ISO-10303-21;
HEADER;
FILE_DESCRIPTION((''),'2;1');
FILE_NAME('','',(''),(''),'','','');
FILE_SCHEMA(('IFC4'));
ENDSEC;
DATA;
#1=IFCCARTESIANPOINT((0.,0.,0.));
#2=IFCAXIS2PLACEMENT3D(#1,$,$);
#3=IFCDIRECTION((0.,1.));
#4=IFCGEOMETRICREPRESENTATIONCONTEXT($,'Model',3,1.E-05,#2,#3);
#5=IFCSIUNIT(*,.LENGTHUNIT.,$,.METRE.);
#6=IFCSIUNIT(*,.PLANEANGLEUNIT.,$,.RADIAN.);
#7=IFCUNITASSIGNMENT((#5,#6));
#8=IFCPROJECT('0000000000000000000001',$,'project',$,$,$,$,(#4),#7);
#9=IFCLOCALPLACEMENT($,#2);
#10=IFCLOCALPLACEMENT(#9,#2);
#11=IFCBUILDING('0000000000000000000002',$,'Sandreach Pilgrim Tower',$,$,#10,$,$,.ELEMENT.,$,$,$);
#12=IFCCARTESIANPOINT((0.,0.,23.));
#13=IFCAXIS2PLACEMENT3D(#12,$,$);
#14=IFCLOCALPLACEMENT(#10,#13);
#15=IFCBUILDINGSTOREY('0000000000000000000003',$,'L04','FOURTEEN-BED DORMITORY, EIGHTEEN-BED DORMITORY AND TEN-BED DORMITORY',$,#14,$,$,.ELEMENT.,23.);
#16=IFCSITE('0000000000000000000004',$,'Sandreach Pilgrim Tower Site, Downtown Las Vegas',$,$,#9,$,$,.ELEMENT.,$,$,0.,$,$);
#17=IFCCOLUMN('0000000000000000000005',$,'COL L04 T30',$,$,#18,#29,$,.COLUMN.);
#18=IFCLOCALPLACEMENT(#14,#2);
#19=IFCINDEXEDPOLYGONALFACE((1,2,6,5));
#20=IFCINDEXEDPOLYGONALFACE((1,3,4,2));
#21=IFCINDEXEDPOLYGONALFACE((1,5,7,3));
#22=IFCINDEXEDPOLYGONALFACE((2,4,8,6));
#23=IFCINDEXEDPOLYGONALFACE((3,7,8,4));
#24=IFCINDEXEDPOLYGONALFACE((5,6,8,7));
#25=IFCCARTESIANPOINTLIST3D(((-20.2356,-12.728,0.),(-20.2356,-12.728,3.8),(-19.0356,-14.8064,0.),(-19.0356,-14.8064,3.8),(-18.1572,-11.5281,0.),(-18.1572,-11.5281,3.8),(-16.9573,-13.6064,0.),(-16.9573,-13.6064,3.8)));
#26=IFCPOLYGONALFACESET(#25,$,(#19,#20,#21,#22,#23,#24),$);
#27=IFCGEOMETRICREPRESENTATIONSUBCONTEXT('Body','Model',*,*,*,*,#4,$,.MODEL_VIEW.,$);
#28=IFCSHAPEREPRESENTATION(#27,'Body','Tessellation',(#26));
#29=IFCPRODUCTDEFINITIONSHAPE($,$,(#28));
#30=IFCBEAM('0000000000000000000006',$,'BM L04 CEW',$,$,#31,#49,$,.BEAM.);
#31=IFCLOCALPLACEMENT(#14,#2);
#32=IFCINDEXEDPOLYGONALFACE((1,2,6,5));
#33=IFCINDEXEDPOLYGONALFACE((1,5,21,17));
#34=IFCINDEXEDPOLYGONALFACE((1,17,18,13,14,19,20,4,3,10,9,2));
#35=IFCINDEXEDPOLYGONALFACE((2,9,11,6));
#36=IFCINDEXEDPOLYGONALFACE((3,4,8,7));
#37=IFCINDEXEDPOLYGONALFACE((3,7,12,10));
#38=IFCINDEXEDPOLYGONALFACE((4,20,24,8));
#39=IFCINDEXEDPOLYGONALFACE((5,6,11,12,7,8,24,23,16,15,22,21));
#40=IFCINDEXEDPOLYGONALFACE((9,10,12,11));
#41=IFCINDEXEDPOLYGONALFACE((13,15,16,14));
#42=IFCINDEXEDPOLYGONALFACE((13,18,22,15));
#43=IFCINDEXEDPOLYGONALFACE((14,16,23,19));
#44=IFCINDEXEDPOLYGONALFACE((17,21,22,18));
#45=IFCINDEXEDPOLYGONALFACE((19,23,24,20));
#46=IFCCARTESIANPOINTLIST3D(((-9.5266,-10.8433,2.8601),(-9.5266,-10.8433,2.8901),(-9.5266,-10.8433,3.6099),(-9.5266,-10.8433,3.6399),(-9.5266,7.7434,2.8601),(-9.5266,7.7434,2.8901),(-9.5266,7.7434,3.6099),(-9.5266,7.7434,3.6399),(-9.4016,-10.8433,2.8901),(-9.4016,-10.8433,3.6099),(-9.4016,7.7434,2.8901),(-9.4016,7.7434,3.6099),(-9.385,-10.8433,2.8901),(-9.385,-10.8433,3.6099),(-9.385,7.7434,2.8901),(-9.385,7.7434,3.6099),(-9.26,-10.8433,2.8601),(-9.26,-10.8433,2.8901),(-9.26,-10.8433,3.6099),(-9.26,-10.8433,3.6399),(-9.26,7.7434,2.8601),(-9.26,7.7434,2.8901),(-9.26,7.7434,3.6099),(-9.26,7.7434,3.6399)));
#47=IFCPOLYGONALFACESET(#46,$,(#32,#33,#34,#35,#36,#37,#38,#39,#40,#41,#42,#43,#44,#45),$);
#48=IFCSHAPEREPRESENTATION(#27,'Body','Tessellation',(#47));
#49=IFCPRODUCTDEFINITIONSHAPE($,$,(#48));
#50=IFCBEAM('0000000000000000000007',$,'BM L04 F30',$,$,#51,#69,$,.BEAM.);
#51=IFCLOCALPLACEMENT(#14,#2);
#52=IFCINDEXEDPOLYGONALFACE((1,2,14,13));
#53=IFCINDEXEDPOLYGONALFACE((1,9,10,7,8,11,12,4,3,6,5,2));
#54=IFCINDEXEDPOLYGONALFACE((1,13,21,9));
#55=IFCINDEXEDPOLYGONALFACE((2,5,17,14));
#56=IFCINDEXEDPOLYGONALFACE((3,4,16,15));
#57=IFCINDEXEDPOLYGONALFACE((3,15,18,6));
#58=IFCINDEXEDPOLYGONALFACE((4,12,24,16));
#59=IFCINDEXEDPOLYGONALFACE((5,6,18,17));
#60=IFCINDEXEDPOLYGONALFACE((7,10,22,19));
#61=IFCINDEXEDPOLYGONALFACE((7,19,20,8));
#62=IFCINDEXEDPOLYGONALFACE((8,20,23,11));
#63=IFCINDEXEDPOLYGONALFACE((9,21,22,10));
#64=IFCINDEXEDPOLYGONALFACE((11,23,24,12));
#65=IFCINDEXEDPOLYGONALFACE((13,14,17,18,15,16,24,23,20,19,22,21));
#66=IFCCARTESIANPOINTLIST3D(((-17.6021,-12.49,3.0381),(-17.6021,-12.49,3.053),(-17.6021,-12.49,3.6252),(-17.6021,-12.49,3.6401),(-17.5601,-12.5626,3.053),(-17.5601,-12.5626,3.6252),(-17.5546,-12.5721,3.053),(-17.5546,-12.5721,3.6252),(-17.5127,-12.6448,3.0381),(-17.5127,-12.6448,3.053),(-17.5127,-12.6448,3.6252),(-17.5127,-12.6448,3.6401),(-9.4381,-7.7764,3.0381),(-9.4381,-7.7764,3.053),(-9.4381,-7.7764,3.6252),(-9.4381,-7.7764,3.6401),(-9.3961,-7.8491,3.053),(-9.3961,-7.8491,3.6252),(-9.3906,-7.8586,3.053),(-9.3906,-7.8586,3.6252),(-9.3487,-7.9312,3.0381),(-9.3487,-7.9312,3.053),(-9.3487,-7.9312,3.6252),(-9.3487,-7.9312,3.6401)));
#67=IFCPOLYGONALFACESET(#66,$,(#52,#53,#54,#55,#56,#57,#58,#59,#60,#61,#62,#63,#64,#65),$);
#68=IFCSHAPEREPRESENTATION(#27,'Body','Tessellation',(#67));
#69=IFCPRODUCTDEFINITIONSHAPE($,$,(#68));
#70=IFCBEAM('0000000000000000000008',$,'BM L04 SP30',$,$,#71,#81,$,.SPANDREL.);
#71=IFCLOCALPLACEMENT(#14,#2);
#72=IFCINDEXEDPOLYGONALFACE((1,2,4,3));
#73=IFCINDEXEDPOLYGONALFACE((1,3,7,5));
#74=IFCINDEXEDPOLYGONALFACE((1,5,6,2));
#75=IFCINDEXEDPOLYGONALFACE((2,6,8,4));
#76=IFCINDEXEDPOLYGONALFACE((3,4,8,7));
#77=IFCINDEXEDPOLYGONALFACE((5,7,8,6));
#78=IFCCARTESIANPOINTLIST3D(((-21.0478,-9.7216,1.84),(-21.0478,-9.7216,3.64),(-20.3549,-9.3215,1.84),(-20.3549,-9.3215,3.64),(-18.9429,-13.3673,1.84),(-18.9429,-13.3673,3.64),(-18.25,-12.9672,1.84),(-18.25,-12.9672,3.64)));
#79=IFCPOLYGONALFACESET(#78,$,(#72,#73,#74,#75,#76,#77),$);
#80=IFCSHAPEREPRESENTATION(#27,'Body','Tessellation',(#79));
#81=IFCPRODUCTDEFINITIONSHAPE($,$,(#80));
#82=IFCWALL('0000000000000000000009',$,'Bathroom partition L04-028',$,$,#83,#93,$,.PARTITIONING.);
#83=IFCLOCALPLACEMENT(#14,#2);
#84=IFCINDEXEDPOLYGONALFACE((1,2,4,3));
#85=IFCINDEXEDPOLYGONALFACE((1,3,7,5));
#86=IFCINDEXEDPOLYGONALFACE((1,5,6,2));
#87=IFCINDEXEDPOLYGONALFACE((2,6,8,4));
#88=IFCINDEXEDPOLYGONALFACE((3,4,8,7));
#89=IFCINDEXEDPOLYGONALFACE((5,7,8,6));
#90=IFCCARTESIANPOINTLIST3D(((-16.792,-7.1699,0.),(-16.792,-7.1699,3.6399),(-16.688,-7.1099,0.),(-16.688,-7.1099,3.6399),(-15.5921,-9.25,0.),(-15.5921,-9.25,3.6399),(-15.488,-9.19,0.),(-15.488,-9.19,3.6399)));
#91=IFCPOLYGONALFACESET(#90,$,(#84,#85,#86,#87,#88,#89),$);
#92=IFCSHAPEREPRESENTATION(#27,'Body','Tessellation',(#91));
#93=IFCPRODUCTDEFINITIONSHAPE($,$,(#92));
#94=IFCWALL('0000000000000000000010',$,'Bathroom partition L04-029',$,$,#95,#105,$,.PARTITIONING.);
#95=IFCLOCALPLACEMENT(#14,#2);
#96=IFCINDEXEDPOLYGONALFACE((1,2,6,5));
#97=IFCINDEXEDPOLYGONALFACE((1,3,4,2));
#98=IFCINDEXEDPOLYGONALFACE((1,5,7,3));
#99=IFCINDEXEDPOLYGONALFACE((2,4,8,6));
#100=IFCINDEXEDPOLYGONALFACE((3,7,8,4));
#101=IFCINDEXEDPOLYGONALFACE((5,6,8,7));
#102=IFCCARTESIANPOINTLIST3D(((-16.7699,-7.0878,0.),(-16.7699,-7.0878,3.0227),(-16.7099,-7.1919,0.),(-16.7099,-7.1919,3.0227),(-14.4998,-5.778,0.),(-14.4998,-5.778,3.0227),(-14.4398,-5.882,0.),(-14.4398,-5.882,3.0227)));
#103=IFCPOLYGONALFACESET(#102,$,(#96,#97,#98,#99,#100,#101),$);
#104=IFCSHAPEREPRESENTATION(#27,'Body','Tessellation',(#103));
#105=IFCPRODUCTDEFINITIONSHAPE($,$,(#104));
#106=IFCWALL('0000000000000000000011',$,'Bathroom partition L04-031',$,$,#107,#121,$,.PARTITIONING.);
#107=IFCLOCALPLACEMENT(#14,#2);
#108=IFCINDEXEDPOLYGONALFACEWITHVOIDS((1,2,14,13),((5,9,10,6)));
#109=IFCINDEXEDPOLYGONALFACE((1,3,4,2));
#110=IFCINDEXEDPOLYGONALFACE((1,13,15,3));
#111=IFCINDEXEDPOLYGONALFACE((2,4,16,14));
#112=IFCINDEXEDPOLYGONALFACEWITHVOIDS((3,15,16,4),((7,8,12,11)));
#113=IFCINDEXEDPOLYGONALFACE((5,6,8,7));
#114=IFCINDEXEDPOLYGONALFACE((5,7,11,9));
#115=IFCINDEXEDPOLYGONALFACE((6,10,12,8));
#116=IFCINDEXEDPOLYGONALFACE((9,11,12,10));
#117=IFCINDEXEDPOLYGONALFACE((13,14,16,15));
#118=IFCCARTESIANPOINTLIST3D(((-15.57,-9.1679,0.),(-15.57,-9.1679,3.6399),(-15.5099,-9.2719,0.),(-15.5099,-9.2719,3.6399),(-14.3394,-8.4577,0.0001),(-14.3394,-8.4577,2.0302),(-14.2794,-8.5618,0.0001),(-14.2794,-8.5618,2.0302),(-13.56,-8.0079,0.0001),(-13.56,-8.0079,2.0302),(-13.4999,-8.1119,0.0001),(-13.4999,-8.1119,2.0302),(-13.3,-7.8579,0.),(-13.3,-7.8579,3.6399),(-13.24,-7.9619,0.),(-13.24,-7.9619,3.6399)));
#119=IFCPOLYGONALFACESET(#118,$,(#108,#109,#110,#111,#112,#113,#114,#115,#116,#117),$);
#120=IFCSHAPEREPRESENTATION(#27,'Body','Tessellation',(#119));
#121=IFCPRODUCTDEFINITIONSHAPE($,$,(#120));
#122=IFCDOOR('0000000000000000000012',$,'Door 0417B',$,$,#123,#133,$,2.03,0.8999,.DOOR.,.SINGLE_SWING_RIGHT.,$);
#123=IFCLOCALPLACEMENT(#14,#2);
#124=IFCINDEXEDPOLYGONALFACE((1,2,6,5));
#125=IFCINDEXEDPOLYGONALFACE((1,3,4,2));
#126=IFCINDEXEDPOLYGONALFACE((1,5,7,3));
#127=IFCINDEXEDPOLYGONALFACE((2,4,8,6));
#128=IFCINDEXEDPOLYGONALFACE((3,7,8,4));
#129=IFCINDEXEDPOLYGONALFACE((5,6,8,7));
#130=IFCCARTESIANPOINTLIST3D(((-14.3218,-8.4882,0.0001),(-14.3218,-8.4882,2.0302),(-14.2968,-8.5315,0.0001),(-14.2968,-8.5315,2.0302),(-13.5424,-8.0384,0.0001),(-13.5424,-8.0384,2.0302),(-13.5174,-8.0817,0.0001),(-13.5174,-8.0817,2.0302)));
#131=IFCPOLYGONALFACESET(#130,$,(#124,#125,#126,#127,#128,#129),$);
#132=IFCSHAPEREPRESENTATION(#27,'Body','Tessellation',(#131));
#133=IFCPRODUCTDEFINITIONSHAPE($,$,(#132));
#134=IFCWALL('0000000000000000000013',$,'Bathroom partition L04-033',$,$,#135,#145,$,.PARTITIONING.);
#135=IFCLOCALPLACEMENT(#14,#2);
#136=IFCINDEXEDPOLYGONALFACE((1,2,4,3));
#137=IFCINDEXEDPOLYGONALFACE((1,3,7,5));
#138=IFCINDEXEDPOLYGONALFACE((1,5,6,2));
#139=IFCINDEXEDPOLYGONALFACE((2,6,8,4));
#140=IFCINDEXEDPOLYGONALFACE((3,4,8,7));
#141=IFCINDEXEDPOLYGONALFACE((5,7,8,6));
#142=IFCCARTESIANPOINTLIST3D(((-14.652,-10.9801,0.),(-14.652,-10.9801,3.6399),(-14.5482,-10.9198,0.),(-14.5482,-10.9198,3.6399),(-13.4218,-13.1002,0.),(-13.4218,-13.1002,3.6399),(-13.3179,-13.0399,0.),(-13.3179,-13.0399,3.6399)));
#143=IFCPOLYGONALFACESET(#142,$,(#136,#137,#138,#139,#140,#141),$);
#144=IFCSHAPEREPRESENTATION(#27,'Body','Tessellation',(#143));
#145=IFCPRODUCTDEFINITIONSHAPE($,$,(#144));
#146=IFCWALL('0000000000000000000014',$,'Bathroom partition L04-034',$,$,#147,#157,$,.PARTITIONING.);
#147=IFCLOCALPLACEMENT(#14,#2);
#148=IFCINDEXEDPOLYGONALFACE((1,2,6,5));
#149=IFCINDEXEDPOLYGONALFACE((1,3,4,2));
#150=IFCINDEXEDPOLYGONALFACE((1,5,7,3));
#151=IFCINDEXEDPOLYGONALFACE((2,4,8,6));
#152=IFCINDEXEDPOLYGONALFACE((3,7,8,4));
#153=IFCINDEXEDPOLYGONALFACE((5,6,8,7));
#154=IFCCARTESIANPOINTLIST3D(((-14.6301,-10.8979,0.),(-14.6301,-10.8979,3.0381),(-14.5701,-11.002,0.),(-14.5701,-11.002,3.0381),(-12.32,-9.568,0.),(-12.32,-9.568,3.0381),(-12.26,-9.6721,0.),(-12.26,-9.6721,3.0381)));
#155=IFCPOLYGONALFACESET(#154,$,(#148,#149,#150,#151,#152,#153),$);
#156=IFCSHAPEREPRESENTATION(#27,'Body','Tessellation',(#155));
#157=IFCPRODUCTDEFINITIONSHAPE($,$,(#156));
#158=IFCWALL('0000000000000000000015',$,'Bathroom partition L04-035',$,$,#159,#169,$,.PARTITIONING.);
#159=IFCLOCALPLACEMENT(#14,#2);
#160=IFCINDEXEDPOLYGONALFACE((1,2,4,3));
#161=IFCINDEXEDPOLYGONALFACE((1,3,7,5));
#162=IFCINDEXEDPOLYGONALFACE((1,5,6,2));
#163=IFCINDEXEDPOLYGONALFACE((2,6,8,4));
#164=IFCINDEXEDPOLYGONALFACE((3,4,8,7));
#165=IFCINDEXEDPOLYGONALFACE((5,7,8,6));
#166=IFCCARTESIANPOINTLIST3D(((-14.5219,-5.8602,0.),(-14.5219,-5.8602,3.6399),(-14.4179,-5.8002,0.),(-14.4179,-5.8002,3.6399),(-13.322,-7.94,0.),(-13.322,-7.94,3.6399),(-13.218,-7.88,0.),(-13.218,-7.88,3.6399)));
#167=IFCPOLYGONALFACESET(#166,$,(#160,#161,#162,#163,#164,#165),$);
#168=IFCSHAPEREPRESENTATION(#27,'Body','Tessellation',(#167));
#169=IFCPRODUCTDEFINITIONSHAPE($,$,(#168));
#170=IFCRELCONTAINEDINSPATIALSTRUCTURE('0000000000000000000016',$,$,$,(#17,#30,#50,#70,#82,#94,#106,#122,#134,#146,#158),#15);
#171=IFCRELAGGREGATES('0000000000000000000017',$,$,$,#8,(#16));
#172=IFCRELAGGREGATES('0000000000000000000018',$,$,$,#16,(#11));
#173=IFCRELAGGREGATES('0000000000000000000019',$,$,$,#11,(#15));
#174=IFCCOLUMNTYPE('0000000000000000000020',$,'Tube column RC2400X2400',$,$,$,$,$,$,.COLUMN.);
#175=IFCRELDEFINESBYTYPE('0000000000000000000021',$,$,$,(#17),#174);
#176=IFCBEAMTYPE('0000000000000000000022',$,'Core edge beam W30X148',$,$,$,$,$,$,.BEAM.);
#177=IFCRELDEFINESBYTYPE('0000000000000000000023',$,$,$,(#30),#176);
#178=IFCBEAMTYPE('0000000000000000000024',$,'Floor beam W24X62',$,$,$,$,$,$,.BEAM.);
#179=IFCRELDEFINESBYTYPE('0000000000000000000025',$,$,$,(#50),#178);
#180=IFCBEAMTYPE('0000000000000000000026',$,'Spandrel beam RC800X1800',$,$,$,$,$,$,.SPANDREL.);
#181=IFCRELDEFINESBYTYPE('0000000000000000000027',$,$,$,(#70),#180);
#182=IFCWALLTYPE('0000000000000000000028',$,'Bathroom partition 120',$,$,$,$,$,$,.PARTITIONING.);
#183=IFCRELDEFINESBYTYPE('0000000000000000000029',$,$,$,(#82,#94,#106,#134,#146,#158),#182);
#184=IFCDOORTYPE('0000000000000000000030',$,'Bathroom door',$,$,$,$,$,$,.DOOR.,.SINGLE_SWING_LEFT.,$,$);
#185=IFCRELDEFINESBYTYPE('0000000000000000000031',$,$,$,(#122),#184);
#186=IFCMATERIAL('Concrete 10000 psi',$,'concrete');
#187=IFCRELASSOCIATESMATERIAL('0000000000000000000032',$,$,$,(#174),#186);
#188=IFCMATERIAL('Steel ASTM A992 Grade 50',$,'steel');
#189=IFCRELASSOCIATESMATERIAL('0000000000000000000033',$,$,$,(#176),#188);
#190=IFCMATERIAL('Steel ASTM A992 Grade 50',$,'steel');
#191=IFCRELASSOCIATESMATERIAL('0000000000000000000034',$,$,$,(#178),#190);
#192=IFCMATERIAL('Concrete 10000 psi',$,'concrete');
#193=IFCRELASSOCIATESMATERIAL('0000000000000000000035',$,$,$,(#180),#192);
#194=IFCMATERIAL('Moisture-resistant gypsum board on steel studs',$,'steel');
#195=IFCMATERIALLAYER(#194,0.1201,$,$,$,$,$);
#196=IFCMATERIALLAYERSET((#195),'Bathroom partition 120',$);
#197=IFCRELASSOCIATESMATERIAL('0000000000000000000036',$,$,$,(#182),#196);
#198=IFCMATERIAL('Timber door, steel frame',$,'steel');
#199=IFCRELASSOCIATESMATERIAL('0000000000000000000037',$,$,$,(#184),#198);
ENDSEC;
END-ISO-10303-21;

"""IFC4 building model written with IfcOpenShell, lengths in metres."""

from ifc_helpers import new_model, si_unit, direction, frame, frame_2d, origin, origin_2d, place, context, subcontext, project, spatial, rectangle, i_section, extrude, material, layer, layer_set, material_profile, profile_set, type_object, element, fill, save


model = new_model("IFC4")

# Units and contexts
model_context = context("Model", 3, precision=1e-05, world=origin(), true_north=direction((0.0, 1.0)))
body_context = subcontext(model_context, "Body", "Model", "MODEL_VIEW")
ifc_project = project(units=[si_unit("LENGTHUNIT", "METRE"), si_unit("PLANEANGLEUNIT", "RADIAN")], contexts=[model_context])

# Site, building, storey
site_placement = place(None, origin())
site = spatial("IfcSite", under=ifc_project, at=site_placement, Name="Sandreach Pilgrim Tower Site, Downtown Las Vegas", CompositionType="ELEMENT", RefElevation=0.0)
building_placement = place(site_placement, origin())
building = spatial("IfcBuilding", under=site, at=building_placement, Name="Sandreach Pilgrim Tower", CompositionType="ELEMENT")
storey_placement = place(building_placement, frame((0.0, 0.0, 23.0)))
storey = spatial("IfcBuildingStorey", under=building, at=storey_placement, Name="L04", Description="FOURTEEN-BED DORMITORY, EIGHTEEN-BED DORMITORY AND TEN-BED DORMITORY", CompositionType="ELEMENT", Elevation=23.0)

# Column
ifc_material_1 = material(Name="Concrete 10000 psi", Category="concrete")
ifc_material_profile_1 = material_profile(ifc_material_1, rectangle(XDim=2.3999, YDim=2.3999, at=origin_2d()), Name="RC2400X2400")
ifc_profile_set_1 = profile_set([ifc_material_profile_1], Name="Concrete 10000 psi")
column_type = type_object("IfcColumnType", Name="Tube column RC2400X2400", PredefinedType="COLUMN", material=ifc_profile_set_1)
column_placement = place(storey_placement, frame((-18.5964, -13.1672, 0.0), z_axis=(0.0, 0.0, 1.0), x_axis=(-0.866025, -0.5, 0.0)))
element("IfcColumn", 1, at=column_placement, inside=storey, type_object=column_type, Name="COL L04 T30", PredefinedType="COLUMN", context=body_context, shape_type="SweptSolid", body=[
    extrude(rectangle(XDim=2.3999, YDim=2.3999, at=origin_2d()), origin(), (0.0, 0.0, 1.0), 3.8),
])

# Beams
ifc_material_2 = material(Name="Steel ASTM A992 Grade 50", Category="steel")
ifc_material_profile_2 = material_profile(ifc_material_2, i_section(OverallWidth=0.2666, OverallDepth=0.7798, WebThickness=0.0166, FlangeThickness=0.03, at=origin_2d()), Name="W30X148")
ifc_profile_set_2 = profile_set([ifc_material_profile_2], Name="Steel ASTM A992 Grade 50")
beam_type_1 = type_object("IfcBeamType", Name="Core edge beam W30X148", PredefinedType="BEAM", material=ifc_profile_set_2)
beam_1_placement = place(storey_placement, frame((-9.3933, -10.8433, 3.25), z_axis=(0.0, 1.0, 0.0), x_axis=(-1.0, 0.0, 0.0)))
element("IfcBeam", 2, at=beam_1_placement, inside=storey, type_object=beam_type_1, Name="BM L04 CEW", PredefinedType="BEAM", context=body_context, shape_type="SweptSolid", body=[
    extrude(i_section(OverallWidth=0.2666, OverallDepth=0.7798, WebThickness=0.0166, FlangeThickness=0.03, at=origin_2d()), origin(), (0.0, 0.0, 1.0), 18.5867),
])
ifc_material_3 = material(Name="Steel ASTM A992 Grade 50", Category="steel")
ifc_material_profile_3 = material_profile(ifc_material_3, i_section(OverallWidth=0.1787, OverallDepth=0.6021, WebThickness=0.011, FlangeThickness=0.0149, at=origin_2d()), Name="W24X62")
ifc_profile_set_3 = profile_set([ifc_material_profile_3], Name="Steel ASTM A992 Grade 50")
beam_type_2 = type_object("IfcBeamType", Name="Floor beam W24X62", PredefinedType="BEAM", material=ifc_profile_set_3)
beam_2_placement = place(storey_placement, frame((-17.5574, -12.5674, 3.3391), z_axis=(0.866021, 0.500008, 0.0), x_axis=(-0.500008, 0.866021, 0.0)))
element("IfcBeam", 3, at=beam_2_placement, inside=storey, type_object=beam_type_2, Name="BM L04 F30", PredefinedType="BEAM", context=body_context, shape_type="SweptSolid", body=[
    extrude(i_section(OverallWidth=0.1787, OverallDepth=0.6021, WebThickness=0.011, FlangeThickness=0.0149, at=origin_2d()), origin(), (0.0, 0.0, 1.0), 9.427),
])
ifc_material_4 = material(Name="Concrete 10000 psi", Category="concrete")
ifc_material_profile_4 = material_profile(ifc_material_4, rectangle(XDim=0.8, YDim=1.8, at=origin_2d()), Name="RC800X1800")
ifc_profile_set_4 = profile_set([ifc_material_profile_4], Name="Concrete 10000 psi")
beam_type_3 = type_object("IfcBeamType", Name="Spandrel beam RC800X1800", PredefinedType="SPANDREL", material=ifc_profile_set_4)
beam_3_placement = place(storey_placement, frame((-18.5964, -13.1672, 2.74), z_axis=(-0.500019, 0.866015, 0.0), x_axis=(-0.866015, -0.500019, 0.0)))
element("IfcBeam", 4, at=beam_3_placement, inside=storey, type_object=beam_type_3, Name="BM L04 SP30", PredefinedType="SPANDREL", context=body_context, shape_type="SweptSolid", body=[
    extrude(rectangle(XDim=0.8, YDim=1.8, at=origin_2d()), origin(), (0.0, 0.0, 1.0), 4.2097),
])

# Walls
ifc_material_5 = material(Name="Moisture-resistant gypsum board on steel studs", Category="steel")
ifc_layer_1 = layer(ifc_material_5, 0.1201)
ifc_layer_set_1 = layer_set([ifc_layer_1], Name="Bathroom partition 120")
wall_type_1 = type_object("IfcWallType", Name="Bathroom partition 120", PredefinedType="PARTITIONING", material=ifc_layer_set_1)
wall_1_placement = place(storey_placement, frame((-16.74, -7.1399, 0.0), z_axis=(0.0, 0.0, 1.0), x_axis=(0.499693, -0.866203, 0.0)))
element("IfcWall", 5, at=wall_1_placement, inside=storey, type_object=wall_type_1, Name="Bathroom partition L04-028", PredefinedType="PARTITIONING", context=body_context, shape_type="SweptSolid", body=[
    extrude(rectangle(XDim=2.4014, YDim=0.1201, at=frame_2d((1.2007, 0.0))), origin(), (0.0, 0.0, 1.0), 3.6399),
])
wall_2_placement = place(storey_placement, frame((-16.74, -7.1399, 0.0), z_axis=(0.0, 0.0, 1.0), x_axis=(0.866155, 0.499776, 0.0)))
element("IfcWall", 6, at=wall_2_placement, inside=storey, type_object=wall_type_1, Name="Bathroom partition L04-029", PredefinedType="PARTITIONING", context=body_context, shape_type="SweptSolid", body=[
    extrude(rectangle(XDim=2.6208, YDim=0.1201, at=frame_2d((1.3105, 0.0))), origin(), (0.0, 0.0, 1.0), 3.0227),
])

# Wall, opening, door
wall_3_placement = place(storey_placement, frame((-15.54, -9.22, 0.0), z_axis=(0.0, 0.0, 1.0), x_axis=(0.866114, 0.499846, 0.0)))
wall_3 = element("IfcWall", 7, at=wall_3_placement, inside=storey, type_object=wall_type_1, Name="Bathroom partition L04-031", PredefinedType="PARTITIONING", context=body_context, shape_type="SweptSolid", body=[
    extrude(rectangle(XDim=2.6208, YDim=0.1201, at=frame_2d((1.3105, 0.0))), origin(), (0.0, 0.0, 1.0), 3.6399),
])
opening_1_placement = place(wall_3_placement, frame((1.4209, 0.0, 0.0)))
opening_1 = element("IfcOpeningElement", 8, at=opening_1_placement, cuts=wall_3, PredefinedType="OPENING", context=body_context, shape_type="SweptSolid", body=[
    extrude(rectangle(XDim=0.8999, YDim=2.03, at=frame_2d((0.45, 1.0151))), frame((0.0, 0.0601, 0.0), z_axis=(0.0, -1.0, 0.0), x_axis=(1.0, 0.0, 0.0)), (0.0, 0.0, 1.0), 0.1201),
])
ifc_material_6 = material(Name="Timber door, steel frame", Category="steel")
door_type_1 = type_object("IfcDoorType", Name="Bathroom door", OperationType="SINGLE_SWING_LEFT", PredefinedType="DOOR", material=ifc_material_6)
door_1_placement = place(opening_1_placement, origin())
door_1 = element("IfcDoor", 9, at=door_1_placement, inside=storey, type_object=door_type_1, Name="Door 0417B", OperationType="SINGLE_SWING_RIGHT", OverallHeight=2.03, OverallWidth=0.8999, PredefinedType="DOOR", context=body_context, shape_type="SweptSolid", body=[
    extrude(rectangle(XDim=0.8999, YDim=2.03, at=frame_2d((0.45, 1.0151))), frame((0.0, 0.0249, 0.0), z_axis=(0.0, -1.0, 0.0), x_axis=(1.0, 0.0, 0.0)), (0.0, 0.0, 1.0), 0.05),
])
fill(opening_1, door_1)

# Walls
wall_4_placement = place(storey_placement, frame((-14.6001, -10.95, 0.0), z_axis=(0.0, 0.0, 1.0), x_axis=(0.501888, -0.864933, 0.0)))
element("IfcWall", 10, at=wall_4_placement, inside=storey, type_object=wall_type_1, Name="Bathroom partition L04-033", PredefinedType="PARTITIONING", context=body_context, shape_type="SweptSolid", body=[
    extrude(rectangle(XDim=2.4512, YDim=0.1201, at=frame_2d((1.2256, 0.0))), origin(), (0.0, 0.0, 1.0), 3.6399),
])
wall_5_placement = place(storey_placement, frame((-14.6001, -10.95, 0.0), z_axis=(0.0, 0.0, 1.0), x_axis=(0.866655, 0.498908, 0.0)))
element("IfcWall", 11, at=wall_5_placement, inside=storey, type_object=wall_type_1, Name="Bathroom partition L04-034", PredefinedType="PARTITIONING", context=body_context, shape_type="SweptSolid", body=[
    extrude(rectangle(XDim=2.6655, YDim=0.1201, at=frame_2d((1.3328, 0.0))), origin(), (0.0, 0.0, 1.0), 3.0381),
])
wall_6_placement = place(storey_placement, frame((-14.47, -5.8301, 0.0), z_axis=(0.0, 0.0, 1.0), x_axis=(0.499737, -0.866177, 0.0)))
element("IfcWall", 12, at=wall_6_placement, inside=storey, type_object=wall_type_1, Name="Bathroom partition L04-035", PredefinedType="PARTITIONING", context=body_context, shape_type="SweptSolid", body=[
    extrude(rectangle(XDim=2.4011, YDim=0.1201, at=frame_2d((1.2007, 0.0))), origin(), (0.0, 0.0, 1.0), 3.6399),
])

save(model, "model.ifc")
